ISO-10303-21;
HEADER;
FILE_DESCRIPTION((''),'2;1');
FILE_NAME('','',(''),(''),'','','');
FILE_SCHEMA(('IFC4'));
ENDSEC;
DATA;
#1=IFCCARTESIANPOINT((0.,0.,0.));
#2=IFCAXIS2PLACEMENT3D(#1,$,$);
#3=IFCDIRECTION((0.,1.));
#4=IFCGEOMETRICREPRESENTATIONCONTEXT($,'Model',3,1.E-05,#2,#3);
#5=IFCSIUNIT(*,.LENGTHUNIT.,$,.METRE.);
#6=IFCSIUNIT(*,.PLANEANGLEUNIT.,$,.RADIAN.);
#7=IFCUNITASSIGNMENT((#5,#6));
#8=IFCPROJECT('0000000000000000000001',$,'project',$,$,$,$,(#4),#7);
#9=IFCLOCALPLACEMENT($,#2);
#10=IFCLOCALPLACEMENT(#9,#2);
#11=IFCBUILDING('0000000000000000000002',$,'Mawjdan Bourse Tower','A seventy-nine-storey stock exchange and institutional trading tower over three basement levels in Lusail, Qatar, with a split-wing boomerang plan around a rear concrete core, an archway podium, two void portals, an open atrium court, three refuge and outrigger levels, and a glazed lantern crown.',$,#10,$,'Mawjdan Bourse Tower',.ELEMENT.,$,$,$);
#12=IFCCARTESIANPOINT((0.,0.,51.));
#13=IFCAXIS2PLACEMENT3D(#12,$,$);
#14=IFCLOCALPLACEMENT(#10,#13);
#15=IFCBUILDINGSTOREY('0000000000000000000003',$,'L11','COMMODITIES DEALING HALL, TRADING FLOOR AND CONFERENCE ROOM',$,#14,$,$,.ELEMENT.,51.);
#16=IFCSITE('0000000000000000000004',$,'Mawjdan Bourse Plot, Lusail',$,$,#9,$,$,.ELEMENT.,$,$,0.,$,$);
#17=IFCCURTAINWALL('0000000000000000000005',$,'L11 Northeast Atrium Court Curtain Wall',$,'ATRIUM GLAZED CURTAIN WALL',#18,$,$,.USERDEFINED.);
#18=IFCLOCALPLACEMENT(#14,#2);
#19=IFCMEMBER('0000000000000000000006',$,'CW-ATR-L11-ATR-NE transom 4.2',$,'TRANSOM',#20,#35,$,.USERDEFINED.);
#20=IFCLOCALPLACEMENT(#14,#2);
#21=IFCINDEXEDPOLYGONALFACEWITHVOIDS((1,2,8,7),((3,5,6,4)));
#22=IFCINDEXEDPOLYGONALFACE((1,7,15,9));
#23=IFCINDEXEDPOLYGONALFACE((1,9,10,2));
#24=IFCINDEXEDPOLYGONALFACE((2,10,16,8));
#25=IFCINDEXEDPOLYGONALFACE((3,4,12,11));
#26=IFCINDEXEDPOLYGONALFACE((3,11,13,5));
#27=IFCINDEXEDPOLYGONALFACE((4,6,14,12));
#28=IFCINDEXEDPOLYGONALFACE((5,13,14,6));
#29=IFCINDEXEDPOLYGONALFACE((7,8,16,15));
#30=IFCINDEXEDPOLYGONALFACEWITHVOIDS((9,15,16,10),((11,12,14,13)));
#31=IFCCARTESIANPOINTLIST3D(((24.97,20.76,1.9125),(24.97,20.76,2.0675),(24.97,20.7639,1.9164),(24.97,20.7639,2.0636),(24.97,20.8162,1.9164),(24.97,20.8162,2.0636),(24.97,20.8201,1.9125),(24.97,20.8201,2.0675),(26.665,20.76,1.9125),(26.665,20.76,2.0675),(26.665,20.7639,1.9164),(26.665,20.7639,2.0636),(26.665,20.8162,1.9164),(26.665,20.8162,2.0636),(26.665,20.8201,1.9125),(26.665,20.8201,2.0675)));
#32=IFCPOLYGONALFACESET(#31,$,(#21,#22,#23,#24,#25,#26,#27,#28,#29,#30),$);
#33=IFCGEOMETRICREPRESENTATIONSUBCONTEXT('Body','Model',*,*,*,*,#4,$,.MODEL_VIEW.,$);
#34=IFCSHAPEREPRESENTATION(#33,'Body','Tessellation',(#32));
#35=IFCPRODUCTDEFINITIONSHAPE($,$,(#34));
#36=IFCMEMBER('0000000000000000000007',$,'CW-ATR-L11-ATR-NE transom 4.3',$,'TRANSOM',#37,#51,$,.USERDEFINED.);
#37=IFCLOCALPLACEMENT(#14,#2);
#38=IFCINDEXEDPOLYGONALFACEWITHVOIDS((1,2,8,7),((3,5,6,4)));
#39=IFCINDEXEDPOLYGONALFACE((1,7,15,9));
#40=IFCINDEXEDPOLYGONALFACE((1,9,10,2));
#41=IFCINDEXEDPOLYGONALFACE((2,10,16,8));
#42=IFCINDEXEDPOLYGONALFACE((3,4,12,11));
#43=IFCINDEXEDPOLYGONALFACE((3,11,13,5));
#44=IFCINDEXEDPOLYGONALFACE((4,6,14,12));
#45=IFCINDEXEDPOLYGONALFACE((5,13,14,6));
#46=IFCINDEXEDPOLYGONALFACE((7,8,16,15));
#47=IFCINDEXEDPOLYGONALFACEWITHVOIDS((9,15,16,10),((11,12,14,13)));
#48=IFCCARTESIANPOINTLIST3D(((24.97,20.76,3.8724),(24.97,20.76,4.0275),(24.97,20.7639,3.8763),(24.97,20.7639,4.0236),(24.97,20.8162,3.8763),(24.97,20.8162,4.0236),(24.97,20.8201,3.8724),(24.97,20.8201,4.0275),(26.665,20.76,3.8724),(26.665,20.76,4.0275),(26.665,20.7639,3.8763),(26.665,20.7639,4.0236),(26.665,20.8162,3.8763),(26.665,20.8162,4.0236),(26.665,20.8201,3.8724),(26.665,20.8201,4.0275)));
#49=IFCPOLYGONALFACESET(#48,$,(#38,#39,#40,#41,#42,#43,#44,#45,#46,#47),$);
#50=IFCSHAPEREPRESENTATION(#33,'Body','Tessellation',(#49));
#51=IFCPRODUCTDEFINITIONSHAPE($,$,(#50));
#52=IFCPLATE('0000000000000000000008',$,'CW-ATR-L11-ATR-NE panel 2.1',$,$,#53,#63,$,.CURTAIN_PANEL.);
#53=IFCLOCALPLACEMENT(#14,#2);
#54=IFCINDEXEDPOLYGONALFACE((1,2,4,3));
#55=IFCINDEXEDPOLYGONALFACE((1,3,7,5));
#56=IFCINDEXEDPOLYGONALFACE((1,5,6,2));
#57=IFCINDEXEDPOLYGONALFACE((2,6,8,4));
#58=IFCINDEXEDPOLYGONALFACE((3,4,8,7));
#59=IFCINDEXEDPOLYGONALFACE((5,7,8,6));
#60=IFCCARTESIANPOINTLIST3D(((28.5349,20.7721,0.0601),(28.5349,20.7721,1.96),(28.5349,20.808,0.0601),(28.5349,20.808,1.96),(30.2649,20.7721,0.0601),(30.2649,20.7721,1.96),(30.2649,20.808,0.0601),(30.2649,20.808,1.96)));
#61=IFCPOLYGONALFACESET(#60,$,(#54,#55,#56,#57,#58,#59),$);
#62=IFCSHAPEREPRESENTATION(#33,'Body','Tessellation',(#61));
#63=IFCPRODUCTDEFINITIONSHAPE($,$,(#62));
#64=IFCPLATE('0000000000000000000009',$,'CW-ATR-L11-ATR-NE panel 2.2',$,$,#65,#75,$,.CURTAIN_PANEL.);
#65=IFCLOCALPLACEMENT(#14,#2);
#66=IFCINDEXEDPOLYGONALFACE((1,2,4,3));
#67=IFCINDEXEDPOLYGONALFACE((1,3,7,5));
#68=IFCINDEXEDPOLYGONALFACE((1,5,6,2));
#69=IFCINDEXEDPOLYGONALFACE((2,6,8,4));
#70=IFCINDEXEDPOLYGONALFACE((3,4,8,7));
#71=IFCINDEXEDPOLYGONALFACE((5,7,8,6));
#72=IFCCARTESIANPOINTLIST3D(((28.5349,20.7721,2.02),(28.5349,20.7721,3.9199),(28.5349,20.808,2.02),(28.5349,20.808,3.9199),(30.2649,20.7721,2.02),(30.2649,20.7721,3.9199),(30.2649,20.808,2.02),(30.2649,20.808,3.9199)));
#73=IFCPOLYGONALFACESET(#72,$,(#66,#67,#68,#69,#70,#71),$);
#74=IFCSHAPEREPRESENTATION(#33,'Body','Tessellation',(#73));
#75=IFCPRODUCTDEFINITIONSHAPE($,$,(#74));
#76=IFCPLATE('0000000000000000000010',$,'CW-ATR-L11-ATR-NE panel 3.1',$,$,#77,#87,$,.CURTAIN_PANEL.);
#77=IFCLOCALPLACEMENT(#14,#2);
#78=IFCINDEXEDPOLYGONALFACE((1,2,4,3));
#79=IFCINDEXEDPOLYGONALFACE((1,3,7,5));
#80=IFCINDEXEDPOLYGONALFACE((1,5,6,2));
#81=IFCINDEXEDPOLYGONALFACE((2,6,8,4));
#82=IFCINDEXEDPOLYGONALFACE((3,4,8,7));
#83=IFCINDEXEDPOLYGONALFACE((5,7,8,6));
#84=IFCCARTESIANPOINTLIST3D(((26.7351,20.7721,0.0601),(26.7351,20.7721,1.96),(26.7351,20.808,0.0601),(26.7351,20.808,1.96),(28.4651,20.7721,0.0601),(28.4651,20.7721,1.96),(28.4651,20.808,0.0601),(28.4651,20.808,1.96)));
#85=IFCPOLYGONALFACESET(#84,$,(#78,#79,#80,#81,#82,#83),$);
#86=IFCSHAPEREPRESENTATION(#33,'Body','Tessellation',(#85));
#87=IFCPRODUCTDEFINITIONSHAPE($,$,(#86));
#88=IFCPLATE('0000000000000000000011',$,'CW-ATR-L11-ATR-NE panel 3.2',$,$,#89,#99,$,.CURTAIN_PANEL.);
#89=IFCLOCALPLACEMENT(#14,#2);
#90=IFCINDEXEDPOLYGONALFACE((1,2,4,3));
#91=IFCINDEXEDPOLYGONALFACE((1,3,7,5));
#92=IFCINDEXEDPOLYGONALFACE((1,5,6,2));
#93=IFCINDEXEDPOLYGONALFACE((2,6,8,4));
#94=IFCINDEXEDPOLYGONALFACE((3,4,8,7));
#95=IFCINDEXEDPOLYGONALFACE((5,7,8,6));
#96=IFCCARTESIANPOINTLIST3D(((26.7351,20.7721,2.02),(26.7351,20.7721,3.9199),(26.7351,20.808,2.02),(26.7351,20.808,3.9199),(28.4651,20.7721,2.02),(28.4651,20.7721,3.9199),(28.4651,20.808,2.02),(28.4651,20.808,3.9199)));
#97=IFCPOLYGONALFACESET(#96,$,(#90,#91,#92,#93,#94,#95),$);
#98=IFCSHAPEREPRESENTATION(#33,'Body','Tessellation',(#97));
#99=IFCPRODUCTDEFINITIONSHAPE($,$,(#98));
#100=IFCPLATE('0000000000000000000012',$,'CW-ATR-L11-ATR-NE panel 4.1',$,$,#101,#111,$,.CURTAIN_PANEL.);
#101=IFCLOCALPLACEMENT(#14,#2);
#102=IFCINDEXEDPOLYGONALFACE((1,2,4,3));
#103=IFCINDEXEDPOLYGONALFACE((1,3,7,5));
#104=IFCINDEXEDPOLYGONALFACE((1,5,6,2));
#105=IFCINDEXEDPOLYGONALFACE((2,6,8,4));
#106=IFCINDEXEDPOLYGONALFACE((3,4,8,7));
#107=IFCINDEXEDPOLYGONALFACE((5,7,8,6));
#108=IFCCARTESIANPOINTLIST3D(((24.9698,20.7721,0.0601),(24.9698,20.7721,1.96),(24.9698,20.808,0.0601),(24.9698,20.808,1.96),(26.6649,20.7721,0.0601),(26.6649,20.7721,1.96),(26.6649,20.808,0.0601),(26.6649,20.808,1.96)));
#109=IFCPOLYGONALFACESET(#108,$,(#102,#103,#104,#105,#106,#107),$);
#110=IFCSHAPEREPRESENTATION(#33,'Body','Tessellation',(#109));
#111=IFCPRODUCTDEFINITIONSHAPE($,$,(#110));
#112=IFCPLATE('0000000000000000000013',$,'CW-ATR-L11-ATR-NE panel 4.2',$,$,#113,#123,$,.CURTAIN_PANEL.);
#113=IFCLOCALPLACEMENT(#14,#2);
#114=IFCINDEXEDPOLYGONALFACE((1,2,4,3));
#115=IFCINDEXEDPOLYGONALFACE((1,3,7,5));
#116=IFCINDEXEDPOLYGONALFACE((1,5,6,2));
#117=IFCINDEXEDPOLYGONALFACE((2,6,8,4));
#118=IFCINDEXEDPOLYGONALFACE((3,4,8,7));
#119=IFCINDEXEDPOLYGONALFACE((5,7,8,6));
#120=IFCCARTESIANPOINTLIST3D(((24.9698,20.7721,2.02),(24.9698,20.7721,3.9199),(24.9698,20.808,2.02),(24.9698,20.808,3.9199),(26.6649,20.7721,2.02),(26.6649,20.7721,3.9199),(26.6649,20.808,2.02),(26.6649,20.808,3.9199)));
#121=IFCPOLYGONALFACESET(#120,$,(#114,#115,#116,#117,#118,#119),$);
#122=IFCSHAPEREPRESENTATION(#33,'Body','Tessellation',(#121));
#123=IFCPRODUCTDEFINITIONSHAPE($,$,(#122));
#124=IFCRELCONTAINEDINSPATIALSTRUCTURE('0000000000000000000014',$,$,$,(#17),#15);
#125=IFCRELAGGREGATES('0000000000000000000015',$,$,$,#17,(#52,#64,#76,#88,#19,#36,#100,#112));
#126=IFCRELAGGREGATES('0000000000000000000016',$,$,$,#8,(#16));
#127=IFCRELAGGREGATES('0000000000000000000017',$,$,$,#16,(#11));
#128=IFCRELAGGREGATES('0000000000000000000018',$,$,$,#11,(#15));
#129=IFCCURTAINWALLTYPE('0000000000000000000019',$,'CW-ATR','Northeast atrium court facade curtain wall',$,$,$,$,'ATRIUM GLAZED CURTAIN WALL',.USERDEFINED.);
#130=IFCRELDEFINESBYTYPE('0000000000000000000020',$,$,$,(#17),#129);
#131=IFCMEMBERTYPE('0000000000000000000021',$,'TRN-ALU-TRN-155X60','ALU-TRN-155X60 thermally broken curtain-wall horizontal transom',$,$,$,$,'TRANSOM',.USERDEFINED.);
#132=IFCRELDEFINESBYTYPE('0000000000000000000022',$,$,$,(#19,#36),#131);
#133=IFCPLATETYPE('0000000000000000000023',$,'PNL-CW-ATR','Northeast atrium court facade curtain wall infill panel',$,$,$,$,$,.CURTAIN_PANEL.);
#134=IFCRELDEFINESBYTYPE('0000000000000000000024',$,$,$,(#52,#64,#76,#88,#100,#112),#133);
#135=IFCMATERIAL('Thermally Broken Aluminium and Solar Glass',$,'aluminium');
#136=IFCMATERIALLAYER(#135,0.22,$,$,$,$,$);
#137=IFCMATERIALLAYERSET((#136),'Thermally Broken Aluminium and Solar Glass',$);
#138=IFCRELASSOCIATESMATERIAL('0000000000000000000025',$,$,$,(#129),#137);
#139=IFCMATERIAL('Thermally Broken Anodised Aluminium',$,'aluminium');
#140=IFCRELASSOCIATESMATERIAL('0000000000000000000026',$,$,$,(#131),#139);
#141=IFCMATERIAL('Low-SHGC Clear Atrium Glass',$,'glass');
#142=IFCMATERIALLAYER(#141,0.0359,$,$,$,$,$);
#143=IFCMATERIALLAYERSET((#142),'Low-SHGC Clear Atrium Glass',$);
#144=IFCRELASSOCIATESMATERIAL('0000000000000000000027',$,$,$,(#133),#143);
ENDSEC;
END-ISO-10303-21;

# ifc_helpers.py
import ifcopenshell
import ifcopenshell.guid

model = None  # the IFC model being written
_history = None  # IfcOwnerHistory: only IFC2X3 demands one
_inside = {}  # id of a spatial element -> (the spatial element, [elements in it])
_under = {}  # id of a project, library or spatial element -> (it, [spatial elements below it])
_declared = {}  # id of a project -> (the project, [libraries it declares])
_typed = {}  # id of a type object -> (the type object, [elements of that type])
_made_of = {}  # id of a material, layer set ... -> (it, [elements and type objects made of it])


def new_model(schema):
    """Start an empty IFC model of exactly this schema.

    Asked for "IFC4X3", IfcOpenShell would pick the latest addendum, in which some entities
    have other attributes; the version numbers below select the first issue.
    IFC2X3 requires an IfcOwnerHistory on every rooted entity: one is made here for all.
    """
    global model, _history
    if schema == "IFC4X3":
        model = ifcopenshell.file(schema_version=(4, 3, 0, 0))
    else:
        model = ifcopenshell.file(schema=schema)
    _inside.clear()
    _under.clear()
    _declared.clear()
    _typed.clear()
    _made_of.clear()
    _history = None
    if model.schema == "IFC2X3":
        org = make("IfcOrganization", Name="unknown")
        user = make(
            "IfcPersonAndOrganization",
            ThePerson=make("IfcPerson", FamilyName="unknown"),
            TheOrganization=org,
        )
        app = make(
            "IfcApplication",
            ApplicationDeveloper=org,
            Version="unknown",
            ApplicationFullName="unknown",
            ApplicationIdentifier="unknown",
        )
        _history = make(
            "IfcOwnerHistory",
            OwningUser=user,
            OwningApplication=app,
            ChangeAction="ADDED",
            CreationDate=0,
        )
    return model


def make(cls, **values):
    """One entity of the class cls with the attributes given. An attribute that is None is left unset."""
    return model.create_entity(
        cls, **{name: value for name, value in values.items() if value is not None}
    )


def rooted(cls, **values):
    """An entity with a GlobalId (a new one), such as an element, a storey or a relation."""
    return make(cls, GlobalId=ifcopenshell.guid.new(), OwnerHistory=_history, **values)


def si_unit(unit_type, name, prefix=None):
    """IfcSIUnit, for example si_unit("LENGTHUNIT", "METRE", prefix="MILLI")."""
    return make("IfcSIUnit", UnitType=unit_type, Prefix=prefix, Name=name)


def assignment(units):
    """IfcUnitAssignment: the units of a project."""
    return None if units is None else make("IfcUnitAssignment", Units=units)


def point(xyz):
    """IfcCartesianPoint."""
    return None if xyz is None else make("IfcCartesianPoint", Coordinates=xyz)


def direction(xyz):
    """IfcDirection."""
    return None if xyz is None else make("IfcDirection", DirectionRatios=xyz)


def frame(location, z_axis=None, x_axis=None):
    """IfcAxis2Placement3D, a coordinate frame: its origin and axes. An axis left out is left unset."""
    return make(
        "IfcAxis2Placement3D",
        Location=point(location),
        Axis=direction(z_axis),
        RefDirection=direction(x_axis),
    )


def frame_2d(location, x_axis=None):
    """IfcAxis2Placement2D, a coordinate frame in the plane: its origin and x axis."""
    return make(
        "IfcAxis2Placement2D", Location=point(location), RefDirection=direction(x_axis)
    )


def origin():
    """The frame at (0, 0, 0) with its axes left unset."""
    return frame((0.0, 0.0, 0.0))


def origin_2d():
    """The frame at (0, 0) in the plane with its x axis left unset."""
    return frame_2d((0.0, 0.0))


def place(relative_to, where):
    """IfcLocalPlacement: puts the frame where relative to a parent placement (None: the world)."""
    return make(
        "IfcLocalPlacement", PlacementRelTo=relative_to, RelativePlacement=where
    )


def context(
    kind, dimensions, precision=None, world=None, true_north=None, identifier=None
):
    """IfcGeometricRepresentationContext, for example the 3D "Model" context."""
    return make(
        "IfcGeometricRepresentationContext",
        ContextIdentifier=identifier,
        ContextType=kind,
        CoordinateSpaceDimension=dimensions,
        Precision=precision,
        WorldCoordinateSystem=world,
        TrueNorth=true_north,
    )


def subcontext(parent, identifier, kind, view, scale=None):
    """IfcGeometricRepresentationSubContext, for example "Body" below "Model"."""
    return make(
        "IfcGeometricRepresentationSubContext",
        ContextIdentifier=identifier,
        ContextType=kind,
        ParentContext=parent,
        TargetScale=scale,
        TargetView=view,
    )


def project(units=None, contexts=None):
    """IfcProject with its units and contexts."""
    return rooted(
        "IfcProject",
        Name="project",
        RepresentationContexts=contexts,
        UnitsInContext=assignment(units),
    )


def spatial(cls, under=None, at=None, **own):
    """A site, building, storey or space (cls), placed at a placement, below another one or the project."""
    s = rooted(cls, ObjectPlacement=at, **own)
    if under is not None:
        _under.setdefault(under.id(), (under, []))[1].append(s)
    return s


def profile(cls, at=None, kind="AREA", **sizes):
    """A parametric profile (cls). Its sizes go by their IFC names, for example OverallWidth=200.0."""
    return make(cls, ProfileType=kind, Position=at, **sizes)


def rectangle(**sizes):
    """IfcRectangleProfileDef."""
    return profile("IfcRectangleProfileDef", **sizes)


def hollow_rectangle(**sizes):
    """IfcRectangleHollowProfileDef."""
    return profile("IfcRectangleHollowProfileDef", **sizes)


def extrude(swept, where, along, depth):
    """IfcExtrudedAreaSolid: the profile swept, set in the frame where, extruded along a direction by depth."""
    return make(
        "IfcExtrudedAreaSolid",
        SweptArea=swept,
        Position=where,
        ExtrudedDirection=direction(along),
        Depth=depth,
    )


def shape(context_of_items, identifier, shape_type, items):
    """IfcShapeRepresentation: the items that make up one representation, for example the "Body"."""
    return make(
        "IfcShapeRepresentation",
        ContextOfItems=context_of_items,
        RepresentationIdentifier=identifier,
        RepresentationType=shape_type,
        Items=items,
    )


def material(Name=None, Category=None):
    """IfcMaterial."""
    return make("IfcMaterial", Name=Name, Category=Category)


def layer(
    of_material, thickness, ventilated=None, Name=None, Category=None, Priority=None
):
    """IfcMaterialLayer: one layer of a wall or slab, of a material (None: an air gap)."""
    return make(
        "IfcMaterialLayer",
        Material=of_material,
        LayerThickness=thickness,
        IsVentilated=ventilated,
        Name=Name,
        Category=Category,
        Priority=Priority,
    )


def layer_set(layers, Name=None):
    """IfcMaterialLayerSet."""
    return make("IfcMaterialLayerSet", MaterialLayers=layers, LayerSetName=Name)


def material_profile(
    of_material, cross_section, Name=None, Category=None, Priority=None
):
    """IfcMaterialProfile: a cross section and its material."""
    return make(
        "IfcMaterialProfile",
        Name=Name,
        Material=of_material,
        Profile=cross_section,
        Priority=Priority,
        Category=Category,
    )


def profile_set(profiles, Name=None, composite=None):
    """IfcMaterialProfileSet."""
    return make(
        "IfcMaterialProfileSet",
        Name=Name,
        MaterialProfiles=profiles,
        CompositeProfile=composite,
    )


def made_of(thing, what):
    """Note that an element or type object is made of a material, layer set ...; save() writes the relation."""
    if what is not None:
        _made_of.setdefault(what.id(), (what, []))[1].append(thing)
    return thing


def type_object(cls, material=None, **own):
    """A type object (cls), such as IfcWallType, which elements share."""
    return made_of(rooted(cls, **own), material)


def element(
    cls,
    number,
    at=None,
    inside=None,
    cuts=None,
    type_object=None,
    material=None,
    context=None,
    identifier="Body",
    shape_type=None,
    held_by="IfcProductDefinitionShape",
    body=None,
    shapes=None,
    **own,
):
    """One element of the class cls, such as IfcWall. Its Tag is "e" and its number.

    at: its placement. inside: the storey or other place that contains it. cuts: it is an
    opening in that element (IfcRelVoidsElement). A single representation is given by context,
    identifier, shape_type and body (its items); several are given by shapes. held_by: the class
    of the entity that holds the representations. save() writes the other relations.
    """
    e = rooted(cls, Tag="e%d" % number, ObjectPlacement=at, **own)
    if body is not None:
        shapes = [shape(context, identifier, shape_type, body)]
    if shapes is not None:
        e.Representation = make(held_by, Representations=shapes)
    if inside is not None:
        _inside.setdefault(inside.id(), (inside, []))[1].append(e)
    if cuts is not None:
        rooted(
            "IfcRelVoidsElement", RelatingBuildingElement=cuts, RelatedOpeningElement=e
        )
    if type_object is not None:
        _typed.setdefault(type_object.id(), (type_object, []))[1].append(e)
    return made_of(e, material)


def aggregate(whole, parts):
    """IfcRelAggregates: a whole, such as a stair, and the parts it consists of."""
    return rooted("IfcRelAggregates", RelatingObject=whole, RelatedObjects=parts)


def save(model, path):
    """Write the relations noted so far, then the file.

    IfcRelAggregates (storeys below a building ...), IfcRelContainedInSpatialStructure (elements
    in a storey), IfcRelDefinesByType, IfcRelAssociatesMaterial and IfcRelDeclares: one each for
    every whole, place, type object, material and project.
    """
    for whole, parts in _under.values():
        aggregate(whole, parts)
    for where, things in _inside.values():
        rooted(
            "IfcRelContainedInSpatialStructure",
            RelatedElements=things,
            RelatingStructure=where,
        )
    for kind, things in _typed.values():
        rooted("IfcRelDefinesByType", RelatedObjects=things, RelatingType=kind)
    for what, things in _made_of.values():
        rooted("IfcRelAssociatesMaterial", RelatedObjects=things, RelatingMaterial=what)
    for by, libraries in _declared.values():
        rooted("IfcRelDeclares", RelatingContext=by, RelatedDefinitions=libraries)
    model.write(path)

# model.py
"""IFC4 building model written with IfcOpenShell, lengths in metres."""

from ifc_helpers import new_model, si_unit, direction, frame, origin, origin_2d, place, context, subcontext, project, spatial, rectangle, hollow_rectangle, extrude, material, layer, layer_set, material_profile, profile_set, type_object, element, aggregate, save


model = new_model("IFC4")

# Units and contexts
model_context = context("Model", 3, precision=1e-05, world=origin(), true_north=direction((0.0, 1.0)))
body_context = subcontext(model_context, "Body", "Model", "MODEL_VIEW")
ifc_project = project(units=[si_unit("LENGTHUNIT", "METRE"), si_unit("PLANEANGLEUNIT", "RADIAN")], contexts=[model_context])

# Site, building, storey
site_placement = place(None, origin())
site = spatial("IfcSite", under=ifc_project, at=site_placement, Name="Mawjdan Bourse Plot, Lusail", CompositionType="ELEMENT", RefElevation=0.0)
building_placement = place(site_placement, origin())
building = spatial("IfcBuilding", under=site, at=building_placement, Name="Mawjdan Bourse Tower", Description="A seventy-nine-storey stock exchange and institutional trading tower over three basement levels in Lusail, Qatar, with a split-wing boomerang plan around a rear concrete core, an archway podium, two void portals, an open atrium court, three refuge and outrigger levels, and a glazed lantern crown.", LongName="Mawjdan Bourse Tower", CompositionType="ELEMENT")
storey_placement = place(building_placement, frame((0.0, 0.0, 51.0)))
storey = spatial("IfcBuildingStorey", under=building, at=storey_placement, Name="L11", Description="COMMODITIES DEALING HALL, TRADING FLOOR AND CONFERENCE ROOM", CompositionType="ELEMENT", Elevation=51.0)

# Curtain wall, members, plates
ifc_material_1 = material(Name="Thermally Broken Aluminium and Solar Glass", Category="aluminium")
ifc_layer_1 = layer(ifc_material_1, 0.22)
ifc_layer_set_1 = layer_set([ifc_layer_1], Name="Thermally Broken Aluminium and Solar Glass")
curtain_wall_type = type_object("IfcCurtainWallType", Name="CW-ATR", Description="Northeast atrium court facade curtain wall", ElementType="ATRIUM GLAZED CURTAIN WALL", PredefinedType="USERDEFINED", material=ifc_layer_set_1)
curtain_wall_placement = place(storey_placement, origin())
curtain_wall = element("IfcCurtainWall", 1, at=curtain_wall_placement, inside=storey, type_object=curtain_wall_type, Name="L11 Northeast Atrium Court Curtain Wall", ObjectType="ATRIUM GLAZED CURTAIN WALL", PredefinedType="USERDEFINED")
ifc_material_2 = material(Name="Thermally Broken Anodised Aluminium", Category="aluminium")
ifc_material_profile_1 = material_profile(ifc_material_2, hollow_rectangle(XDim=0.0601, YDim=0.155, WallThickness=0.0039, at=origin_2d()), Name="ALU-TRN-155X60")
ifc_profile_set_1 = profile_set([ifc_material_profile_1], Name="Thermally Broken Anodised Aluminium")
member_type_1 = type_object("IfcMemberType", Name="TRN-ALU-TRN-155X60", Description="ALU-TRN-155X60 thermally broken curtain-wall horizontal transom", ElementType="TRANSOM", PredefinedType="USERDEFINED", material=ifc_profile_set_1)
member_1_placement = place(storey_placement, frame((26.665, 20.79, 1.99), z_axis=(-1.0, 0.0, 0.0), x_axis=(0.0, -1.0, 0.0)))
member_1 = element("IfcMember", 2, at=member_1_placement, type_object=member_type_1, Name="CW-ATR-L11-ATR-NE transom 4.2", ObjectType="TRANSOM", PredefinedType="USERDEFINED", context=body_context, shape_type="SweptSolid", body=[
    extrude(hollow_rectangle(XDim=0.0601, YDim=0.155, WallThickness=0.0039, at=origin_2d()), origin(), (0.0, 0.0, 1.0), 1.6951),
])
member_2_placement = place(storey_placement, frame((26.665, 20.79, 3.95), z_axis=(-1.0, 0.0, 0.0), x_axis=(0.0, -1.0, 0.0)))
member_2 = element("IfcMember", 3, at=member_2_placement, type_object=member_type_1, Name="CW-ATR-L11-ATR-NE transom 4.3", ObjectType="TRANSOM", PredefinedType="USERDEFINED", context=body_context, shape_type="SweptSolid", body=[
    extrude(hollow_rectangle(XDim=0.0601, YDim=0.155, WallThickness=0.0039, at=origin_2d()), origin(), (0.0, 0.0, 1.0), 1.6951),
])
ifc_material_3 = material(Name="Low-SHGC Clear Atrium Glass", Category="glass")
ifc_layer_2 = layer(ifc_material_3, 0.0359)
ifc_layer_set_2 = layer_set([ifc_layer_2], Name="Low-SHGC Clear Atrium Glass")
plate_type = type_object("IfcPlateType", Name="PNL-CW-ATR", Description="Northeast atrium court facade curtain wall infill panel", PredefinedType="CURTAIN_PANEL", material=ifc_layer_set_2)
plate_1_placement = place(storey_placement, frame((29.3999, 20.79, 0.0601), z_axis=(0.0, 0.0, 1.0), x_axis=(-1.0, 0.0, 0.0)))
plate_1 = element("IfcPlate", 4, at=plate_1_placement, type_object=plate_type, Name="CW-ATR-L11-ATR-NE panel 2.1", PredefinedType="CURTAIN_PANEL", context=body_context, shape_type="SweptSolid", body=[
    extrude(rectangle(XDim=1.73, YDim=0.0359, at=origin_2d()), origin(), (0.0, 0.0, 1.0), 1.8999),
])
plate_2_placement = place(storey_placement, frame((29.3999, 20.79, 2.02), z_axis=(0.0, 0.0, 1.0), x_axis=(-1.0, 0.0, 0.0)))
plate_2 = element("IfcPlate", 5, at=plate_2_placement, type_object=plate_type, Name="CW-ATR-L11-ATR-NE panel 2.2", PredefinedType="CURTAIN_PANEL", context=body_context, shape_type="SweptSolid", body=[
    extrude(rectangle(XDim=1.73, YDim=0.0359, at=origin_2d()), origin(), (0.0, 0.0, 1.0), 1.8999),
])
plate_3_placement = place(storey_placement, frame((27.6001, 20.79, 0.0601), z_axis=(0.0, 0.0, 1.0), x_axis=(-1.0, 0.0, 0.0)))
plate_3 = element("IfcPlate", 6, at=plate_3_placement, type_object=plate_type, Name="CW-ATR-L11-ATR-NE panel 3.1", PredefinedType="CURTAIN_PANEL", context=body_context, shape_type="SweptSolid", body=[
    extrude(rectangle(XDim=1.73, YDim=0.0359, at=origin_2d()), origin(), (0.0, 0.0, 1.0), 1.8999),
])
plate_4_placement = place(storey_placement, frame((27.6001, 20.79, 2.02), z_axis=(0.0, 0.0, 1.0), x_axis=(-1.0, 0.0, 0.0)))
plate_4 = element("IfcPlate", 7, at=plate_4_placement, type_object=plate_type, Name="CW-ATR-L11-ATR-NE panel 3.2", PredefinedType="CURTAIN_PANEL", context=body_context, shape_type="SweptSolid", body=[
    extrude(rectangle(XDim=1.73, YDim=0.0359, at=origin_2d()), origin(), (0.0, 0.0, 1.0), 1.8999),
])
plate_5_placement = place(storey_placement, frame((25.8174, 20.79, 0.0601), z_axis=(0.0, 0.0, 1.0), x_axis=(-1.0, 0.0, 0.0)))
plate_5 = element("IfcPlate", 8, at=plate_5_placement, type_object=plate_type, Name="CW-ATR-L11-ATR-NE panel 4.1", PredefinedType="CURTAIN_PANEL", context=body_context, shape_type="SweptSolid", body=[
    extrude(rectangle(XDim=1.6951, YDim=0.0359, at=origin_2d()), origin(), (0.0, 0.0, 1.0), 1.8999),
])
plate_6_placement = place(storey_placement, frame((25.8174, 20.79, 2.02), z_axis=(0.0, 0.0, 1.0), x_axis=(-1.0, 0.0, 0.0)))
plate_6 = element("IfcPlate", 9, at=plate_6_placement, type_object=plate_type, Name="CW-ATR-L11-ATR-NE panel 4.2", PredefinedType="CURTAIN_PANEL", context=body_context, shape_type="SweptSolid", body=[
    extrude(rectangle(XDim=1.6951, YDim=0.0359, at=origin_2d()), origin(), (0.0, 0.0, 1.0), 1.8999),
])
aggregate(curtain_wall, [plate_1, plate_2, plate_3, plate_4, member_1, member_2, plate_5, plate_6])

save(model, "model.ifc")
